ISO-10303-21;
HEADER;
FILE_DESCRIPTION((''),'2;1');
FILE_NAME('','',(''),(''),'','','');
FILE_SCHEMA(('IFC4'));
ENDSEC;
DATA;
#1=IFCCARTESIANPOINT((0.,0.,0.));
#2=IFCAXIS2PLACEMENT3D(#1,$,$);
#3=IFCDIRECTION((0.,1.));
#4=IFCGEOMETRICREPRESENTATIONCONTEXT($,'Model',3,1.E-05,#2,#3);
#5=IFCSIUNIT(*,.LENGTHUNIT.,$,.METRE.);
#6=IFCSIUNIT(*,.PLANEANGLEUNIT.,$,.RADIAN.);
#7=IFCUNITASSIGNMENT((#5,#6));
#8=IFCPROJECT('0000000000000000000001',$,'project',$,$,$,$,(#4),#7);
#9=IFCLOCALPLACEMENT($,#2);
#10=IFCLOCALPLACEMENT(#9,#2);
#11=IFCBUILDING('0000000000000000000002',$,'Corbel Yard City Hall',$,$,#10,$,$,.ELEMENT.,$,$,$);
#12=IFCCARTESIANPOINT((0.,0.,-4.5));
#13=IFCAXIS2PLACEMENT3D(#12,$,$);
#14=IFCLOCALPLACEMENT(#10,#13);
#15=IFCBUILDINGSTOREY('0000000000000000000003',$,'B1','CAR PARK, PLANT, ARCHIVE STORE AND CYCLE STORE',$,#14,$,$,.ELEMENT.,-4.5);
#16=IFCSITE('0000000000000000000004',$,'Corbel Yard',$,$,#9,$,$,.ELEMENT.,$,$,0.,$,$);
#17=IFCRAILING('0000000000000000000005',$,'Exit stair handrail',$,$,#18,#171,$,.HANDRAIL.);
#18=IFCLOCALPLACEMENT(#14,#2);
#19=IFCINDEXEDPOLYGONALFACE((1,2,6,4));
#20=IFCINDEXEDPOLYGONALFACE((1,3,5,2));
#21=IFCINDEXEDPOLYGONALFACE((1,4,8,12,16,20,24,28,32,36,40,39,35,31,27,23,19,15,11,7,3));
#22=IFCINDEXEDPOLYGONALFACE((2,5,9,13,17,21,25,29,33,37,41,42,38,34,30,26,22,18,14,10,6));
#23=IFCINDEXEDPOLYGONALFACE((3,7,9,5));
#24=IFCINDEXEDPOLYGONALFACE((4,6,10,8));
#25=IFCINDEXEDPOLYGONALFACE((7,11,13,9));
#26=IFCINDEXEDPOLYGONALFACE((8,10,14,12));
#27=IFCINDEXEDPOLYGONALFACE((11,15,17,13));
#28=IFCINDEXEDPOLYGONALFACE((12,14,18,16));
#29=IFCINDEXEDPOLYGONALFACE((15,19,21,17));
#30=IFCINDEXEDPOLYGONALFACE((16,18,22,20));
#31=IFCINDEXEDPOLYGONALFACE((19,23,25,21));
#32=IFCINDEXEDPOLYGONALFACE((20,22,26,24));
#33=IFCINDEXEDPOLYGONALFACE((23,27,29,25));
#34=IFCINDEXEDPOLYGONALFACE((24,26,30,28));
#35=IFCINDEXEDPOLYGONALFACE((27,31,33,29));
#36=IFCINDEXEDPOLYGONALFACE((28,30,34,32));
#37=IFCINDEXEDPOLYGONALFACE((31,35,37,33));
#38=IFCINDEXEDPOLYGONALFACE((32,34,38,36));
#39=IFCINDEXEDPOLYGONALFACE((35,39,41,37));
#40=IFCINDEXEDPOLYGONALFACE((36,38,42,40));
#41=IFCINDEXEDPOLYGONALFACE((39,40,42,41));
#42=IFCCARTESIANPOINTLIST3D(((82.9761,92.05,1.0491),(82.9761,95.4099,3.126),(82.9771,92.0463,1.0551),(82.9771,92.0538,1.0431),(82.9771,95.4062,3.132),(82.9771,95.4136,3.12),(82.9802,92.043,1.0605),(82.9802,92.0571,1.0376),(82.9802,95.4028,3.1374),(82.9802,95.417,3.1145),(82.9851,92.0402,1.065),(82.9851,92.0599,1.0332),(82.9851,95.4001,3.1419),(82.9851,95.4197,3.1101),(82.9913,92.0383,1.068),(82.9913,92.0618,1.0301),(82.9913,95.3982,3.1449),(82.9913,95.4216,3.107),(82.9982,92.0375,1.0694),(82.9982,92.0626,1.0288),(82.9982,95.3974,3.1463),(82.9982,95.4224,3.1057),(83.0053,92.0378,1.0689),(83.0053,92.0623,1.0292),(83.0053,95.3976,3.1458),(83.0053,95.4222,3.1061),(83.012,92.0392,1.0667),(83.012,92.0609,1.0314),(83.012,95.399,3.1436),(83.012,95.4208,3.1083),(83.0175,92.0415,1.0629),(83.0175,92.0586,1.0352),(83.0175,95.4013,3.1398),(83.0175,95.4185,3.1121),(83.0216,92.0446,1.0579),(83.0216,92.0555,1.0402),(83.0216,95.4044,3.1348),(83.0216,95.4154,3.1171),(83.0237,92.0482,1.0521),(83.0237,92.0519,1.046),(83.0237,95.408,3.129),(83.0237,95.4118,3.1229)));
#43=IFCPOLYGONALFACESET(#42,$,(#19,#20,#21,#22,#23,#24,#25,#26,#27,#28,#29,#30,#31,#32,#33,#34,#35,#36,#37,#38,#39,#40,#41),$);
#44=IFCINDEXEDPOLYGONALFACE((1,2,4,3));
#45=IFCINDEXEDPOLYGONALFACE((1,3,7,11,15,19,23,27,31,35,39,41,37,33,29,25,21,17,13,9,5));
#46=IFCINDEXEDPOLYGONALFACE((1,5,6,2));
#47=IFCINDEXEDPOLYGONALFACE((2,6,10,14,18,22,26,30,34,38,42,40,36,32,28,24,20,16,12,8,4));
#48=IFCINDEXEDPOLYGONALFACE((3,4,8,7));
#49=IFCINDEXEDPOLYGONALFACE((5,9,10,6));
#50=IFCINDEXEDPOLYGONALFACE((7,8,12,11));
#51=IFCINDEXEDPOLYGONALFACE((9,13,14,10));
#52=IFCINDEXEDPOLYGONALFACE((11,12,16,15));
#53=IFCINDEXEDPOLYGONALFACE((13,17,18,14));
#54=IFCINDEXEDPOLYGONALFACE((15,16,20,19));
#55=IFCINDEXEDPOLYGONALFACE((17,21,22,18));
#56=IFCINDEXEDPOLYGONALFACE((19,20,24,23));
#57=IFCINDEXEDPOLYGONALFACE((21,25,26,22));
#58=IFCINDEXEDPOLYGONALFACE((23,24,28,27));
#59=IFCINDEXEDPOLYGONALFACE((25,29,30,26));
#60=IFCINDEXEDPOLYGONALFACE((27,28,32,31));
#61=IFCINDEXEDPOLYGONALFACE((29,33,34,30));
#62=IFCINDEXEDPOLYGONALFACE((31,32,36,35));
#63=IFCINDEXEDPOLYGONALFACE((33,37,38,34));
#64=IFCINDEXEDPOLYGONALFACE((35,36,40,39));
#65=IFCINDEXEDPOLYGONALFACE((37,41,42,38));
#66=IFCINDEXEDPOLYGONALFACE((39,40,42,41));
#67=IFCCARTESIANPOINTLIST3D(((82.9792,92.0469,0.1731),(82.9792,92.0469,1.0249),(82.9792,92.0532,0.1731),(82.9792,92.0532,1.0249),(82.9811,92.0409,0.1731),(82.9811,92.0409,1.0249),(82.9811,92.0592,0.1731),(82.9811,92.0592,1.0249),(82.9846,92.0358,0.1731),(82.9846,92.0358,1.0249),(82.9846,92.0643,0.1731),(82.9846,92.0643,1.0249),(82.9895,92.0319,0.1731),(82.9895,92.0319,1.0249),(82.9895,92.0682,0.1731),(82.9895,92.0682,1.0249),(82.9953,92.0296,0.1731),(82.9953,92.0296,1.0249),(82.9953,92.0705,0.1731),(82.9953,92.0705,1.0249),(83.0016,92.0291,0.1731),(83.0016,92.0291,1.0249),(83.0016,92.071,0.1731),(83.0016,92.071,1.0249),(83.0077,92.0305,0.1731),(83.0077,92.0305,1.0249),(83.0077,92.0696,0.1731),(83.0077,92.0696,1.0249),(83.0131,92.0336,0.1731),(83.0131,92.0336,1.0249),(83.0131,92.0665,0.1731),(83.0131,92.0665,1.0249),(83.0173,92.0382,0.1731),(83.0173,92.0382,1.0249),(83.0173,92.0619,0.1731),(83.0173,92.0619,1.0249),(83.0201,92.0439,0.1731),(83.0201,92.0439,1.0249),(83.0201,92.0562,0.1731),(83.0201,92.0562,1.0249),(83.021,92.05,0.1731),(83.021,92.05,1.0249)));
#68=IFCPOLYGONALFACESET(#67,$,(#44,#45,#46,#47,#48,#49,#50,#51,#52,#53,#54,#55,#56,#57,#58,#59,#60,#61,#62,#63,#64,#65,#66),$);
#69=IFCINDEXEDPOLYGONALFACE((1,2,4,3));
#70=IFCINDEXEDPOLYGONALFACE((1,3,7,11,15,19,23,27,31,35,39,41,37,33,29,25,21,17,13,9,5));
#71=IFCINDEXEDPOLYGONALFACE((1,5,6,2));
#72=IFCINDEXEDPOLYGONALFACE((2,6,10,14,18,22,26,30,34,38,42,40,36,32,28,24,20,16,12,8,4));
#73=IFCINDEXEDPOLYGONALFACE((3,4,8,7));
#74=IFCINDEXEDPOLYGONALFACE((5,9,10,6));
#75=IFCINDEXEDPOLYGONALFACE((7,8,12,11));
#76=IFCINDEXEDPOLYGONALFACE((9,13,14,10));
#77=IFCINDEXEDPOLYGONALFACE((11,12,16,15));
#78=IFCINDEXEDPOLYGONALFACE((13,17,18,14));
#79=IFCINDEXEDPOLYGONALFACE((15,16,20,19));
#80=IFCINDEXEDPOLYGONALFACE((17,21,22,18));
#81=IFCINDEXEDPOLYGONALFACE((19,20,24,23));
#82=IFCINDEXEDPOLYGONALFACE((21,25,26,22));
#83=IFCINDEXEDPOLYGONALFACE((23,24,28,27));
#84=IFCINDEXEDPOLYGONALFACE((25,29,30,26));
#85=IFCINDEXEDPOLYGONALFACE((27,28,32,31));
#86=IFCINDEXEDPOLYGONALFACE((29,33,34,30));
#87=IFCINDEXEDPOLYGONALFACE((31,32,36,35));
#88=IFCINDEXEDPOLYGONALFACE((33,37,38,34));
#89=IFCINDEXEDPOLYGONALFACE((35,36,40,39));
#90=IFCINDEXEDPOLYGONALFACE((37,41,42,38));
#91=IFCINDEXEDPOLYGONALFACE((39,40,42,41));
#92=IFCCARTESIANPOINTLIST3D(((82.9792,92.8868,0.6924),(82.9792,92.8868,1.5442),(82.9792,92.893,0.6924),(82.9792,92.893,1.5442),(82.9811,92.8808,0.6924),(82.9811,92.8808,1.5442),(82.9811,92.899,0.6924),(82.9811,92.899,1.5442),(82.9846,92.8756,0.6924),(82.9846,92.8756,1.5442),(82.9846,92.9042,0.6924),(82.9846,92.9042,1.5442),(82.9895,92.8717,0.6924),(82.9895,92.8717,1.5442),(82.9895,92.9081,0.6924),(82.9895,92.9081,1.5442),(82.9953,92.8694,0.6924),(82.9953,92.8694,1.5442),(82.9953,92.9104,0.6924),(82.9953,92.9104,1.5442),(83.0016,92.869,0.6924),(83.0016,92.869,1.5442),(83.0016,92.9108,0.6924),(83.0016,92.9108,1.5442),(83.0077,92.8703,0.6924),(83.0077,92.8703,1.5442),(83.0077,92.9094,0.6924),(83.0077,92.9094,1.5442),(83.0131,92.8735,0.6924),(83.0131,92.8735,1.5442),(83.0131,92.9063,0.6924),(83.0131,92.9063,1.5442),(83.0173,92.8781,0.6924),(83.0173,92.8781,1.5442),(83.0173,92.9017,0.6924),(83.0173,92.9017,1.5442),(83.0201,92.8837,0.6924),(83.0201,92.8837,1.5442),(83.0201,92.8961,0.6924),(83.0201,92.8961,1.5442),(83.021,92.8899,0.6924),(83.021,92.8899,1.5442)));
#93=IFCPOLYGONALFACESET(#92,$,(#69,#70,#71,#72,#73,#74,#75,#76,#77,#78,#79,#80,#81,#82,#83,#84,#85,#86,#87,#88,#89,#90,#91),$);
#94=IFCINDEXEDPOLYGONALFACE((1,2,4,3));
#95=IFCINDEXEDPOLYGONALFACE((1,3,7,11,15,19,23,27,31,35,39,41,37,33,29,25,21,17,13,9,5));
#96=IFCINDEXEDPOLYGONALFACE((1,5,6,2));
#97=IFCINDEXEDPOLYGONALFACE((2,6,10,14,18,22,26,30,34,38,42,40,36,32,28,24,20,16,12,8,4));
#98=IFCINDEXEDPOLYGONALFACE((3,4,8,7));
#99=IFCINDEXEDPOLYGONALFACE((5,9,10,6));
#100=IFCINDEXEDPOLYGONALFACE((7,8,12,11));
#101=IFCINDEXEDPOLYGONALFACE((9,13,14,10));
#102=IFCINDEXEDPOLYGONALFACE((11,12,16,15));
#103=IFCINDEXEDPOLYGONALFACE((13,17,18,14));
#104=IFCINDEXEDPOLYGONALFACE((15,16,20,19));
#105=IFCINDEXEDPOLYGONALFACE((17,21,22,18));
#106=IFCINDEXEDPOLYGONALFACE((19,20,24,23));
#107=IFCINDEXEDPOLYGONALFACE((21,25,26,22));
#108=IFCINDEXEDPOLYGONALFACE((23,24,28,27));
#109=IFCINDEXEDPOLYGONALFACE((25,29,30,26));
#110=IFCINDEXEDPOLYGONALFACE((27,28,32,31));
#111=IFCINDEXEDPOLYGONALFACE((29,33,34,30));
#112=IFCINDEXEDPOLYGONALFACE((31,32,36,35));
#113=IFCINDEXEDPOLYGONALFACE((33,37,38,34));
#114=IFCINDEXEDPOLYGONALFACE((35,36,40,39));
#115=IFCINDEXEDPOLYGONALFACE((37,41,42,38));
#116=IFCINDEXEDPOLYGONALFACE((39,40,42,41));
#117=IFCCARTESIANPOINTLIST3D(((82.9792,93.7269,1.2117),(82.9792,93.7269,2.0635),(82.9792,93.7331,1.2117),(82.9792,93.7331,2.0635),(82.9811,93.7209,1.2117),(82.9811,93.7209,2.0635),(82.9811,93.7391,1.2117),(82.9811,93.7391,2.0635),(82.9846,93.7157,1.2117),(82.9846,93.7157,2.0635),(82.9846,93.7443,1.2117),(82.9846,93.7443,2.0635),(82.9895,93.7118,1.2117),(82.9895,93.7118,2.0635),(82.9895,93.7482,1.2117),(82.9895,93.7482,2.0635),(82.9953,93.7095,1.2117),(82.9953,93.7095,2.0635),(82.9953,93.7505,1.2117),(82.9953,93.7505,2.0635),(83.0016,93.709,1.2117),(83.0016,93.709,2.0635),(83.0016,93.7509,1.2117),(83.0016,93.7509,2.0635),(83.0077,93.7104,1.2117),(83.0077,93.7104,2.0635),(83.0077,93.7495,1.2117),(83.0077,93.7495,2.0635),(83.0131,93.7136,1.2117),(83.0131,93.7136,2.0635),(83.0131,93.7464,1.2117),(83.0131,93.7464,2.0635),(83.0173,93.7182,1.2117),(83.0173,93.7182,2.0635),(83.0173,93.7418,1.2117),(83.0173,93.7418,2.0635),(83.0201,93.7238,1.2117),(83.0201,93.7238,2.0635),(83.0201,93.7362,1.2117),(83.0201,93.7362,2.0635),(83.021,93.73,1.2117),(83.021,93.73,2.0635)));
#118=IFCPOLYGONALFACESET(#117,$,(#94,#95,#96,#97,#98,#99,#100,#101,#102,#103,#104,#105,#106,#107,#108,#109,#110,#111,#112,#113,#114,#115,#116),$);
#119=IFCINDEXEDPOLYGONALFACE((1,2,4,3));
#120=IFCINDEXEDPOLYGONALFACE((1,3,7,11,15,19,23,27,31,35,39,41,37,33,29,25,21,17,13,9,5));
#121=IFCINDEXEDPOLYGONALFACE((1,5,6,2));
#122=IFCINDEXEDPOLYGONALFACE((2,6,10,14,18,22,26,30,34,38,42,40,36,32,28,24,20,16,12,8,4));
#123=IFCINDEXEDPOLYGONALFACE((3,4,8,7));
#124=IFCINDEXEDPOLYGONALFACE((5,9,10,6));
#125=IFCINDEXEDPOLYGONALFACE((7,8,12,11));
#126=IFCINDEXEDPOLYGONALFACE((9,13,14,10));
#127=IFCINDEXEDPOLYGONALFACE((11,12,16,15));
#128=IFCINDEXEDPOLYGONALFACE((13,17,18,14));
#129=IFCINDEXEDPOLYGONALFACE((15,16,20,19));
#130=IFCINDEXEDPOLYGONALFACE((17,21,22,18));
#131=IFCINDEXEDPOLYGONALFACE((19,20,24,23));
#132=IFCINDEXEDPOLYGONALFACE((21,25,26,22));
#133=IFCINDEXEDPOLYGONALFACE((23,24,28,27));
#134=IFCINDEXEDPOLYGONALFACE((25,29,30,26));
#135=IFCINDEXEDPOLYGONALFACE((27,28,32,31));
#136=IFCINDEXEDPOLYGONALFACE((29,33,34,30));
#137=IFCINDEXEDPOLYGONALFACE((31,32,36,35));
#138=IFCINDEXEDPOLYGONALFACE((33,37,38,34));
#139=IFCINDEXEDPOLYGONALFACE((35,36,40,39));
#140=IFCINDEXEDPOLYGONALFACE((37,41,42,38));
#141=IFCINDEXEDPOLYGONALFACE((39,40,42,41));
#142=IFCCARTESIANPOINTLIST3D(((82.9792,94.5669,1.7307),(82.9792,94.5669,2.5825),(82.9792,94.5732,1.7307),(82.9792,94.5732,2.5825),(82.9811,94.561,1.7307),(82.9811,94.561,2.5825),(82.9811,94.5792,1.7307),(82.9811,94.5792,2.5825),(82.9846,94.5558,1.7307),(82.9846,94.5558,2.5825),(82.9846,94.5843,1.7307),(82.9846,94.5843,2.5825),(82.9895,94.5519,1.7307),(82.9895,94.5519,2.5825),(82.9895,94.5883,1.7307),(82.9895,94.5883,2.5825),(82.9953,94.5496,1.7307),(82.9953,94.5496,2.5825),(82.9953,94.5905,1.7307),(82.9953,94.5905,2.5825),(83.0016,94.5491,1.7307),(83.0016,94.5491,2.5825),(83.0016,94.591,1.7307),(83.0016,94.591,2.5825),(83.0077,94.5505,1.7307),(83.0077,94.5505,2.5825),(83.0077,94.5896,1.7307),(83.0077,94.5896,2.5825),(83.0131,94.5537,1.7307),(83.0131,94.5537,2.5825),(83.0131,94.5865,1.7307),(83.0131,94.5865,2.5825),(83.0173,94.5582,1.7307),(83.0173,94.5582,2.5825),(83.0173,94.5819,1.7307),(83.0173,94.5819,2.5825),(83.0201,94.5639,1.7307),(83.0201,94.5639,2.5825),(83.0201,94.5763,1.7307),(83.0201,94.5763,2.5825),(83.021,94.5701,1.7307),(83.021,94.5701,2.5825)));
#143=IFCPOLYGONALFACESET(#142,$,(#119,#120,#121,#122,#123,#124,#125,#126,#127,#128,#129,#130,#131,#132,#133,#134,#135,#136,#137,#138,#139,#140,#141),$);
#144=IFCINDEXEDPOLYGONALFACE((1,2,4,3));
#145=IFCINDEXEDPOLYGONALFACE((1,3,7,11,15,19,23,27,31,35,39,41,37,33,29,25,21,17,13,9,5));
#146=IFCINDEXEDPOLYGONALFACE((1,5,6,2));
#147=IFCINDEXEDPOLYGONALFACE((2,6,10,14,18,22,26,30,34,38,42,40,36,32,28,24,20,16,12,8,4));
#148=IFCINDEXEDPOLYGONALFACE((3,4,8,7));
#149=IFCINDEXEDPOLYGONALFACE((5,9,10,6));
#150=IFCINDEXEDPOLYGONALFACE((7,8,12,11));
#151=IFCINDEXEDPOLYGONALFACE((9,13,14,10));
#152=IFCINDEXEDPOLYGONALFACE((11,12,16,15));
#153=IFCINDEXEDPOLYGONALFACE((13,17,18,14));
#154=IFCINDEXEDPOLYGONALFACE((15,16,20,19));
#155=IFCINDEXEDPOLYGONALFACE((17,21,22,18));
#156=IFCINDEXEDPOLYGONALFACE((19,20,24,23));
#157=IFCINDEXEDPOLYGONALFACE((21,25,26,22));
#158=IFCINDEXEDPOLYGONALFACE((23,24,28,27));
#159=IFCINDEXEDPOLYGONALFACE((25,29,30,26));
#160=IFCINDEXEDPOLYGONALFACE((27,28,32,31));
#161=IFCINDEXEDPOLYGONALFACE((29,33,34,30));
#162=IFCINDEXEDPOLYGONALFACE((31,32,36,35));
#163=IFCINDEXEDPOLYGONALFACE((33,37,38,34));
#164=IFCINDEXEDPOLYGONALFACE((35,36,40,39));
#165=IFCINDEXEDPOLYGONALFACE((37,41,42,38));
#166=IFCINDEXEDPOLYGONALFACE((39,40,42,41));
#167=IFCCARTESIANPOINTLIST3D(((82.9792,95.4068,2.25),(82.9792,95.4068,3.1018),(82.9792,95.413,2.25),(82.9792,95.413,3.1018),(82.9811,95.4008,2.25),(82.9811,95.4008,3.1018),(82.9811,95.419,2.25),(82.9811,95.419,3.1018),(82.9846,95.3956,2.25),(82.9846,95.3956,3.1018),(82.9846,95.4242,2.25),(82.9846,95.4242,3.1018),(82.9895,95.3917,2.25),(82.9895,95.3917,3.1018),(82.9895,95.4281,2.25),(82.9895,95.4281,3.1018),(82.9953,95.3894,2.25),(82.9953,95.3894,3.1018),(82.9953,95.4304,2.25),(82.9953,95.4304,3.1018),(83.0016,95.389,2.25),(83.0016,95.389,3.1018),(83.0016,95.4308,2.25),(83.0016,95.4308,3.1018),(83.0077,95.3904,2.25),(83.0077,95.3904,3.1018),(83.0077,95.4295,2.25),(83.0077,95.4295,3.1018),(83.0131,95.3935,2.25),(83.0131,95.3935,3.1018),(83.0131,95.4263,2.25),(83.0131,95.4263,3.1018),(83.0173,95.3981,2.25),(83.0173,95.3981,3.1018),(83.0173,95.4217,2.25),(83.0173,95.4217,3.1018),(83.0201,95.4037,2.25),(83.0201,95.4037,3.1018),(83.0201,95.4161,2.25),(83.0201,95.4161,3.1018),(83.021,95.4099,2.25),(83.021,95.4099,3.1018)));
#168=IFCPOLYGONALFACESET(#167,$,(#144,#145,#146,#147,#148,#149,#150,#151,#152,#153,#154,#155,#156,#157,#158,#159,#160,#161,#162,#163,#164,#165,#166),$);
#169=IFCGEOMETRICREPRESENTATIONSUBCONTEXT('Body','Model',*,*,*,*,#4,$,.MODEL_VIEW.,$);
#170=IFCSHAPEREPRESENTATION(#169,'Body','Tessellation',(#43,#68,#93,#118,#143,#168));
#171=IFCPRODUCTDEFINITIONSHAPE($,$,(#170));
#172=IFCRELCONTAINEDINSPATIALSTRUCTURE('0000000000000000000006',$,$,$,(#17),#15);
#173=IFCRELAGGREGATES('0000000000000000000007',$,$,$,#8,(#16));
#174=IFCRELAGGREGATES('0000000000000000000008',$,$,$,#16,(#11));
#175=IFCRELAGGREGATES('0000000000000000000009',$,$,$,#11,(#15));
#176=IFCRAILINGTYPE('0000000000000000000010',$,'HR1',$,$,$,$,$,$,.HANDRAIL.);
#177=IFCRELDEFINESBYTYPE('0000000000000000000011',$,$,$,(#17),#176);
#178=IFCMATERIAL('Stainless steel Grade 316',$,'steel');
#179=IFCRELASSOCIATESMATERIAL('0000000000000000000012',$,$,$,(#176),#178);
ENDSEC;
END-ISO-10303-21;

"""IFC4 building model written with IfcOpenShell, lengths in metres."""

from ifc_helpers import new_model, si_unit, direction, frame, origin, origin_2d, place, context, subcontext, project, spatial, circle, extrude, material, type_object, element, save


model = new_model("IFC4")

# Units and contexts
model_context = context("Model", 3, precision=1e-05, world=origin(), true_north=direction((0.0, 1.0)))
body_context = subcontext(model_context, "Body", "Model", "MODEL_VIEW")
ifc_project = project(units=[si_unit("LENGTHUNIT", "METRE"), si_unit("PLANEANGLEUNIT", "RADIAN")], contexts=[model_context])

# Site, building, storey
site_placement = place(None, origin())
site = spatial("IfcSite", under=ifc_project, at=site_placement, Name="Corbel Yard", CompositionType="ELEMENT", RefElevation=0.0)
building_placement = place(site_placement, origin())
building = spatial("IfcBuilding", under=site, at=building_placement, Name="Corbel Yard City Hall", CompositionType="ELEMENT")
storey_placement = place(building_placement, frame((0.0, 0.0, -4.5)))
storey = spatial("IfcBuildingStorey", under=building, at=storey_placement, Name="B1", Description="CAR PARK, PLANT, ARCHIVE STORE AND CYCLE STORE", CompositionType="ELEMENT", Elevation=-4.5)

# Railing
ifc_material_1 = material(Name="Stainless steel Grade 316", Category="steel")
railing_type = type_object("IfcRailingType", Name="HR1", PredefinedType="HANDRAIL", material=ifc_material_1)
for number, where, name in (
    (1, (83.0, 92.05, 0.1731), "Exit stair handrail"),
):
    element("IfcRailing", number, at=place(storey_placement, frame(where)), inside=storey, type_object=railing_type, Name=name, PredefinedType="HANDRAIL", context=body_context, shape_type="SweptSolid", body=[
        extrude(circle(Radius=0.0239, at=origin_2d()), frame((0.0, 0.0, 0.876), z_axis=(0.0, 0.850606, 0.525803), x_axis=(-1.0, 0.0, 0.0)), (0.0, 0.0, 1.0), 3.95),
        extrude(circle(Radius=0.021, at=origin_2d()), origin(), (0.0, 0.0, 1.0), 0.8518),
        extrude(circle(Radius=0.021, at=origin_2d()), frame((0.0, 0.8398, 0.5193)), (0.0, 0.0, 1.0), 0.8518),
        extrude(circle(Radius=0.021, at=origin_2d()), frame((0.0, 1.6799, 1.0386)), (0.0, 0.0, 1.0), 0.8518),
        extrude(circle(Radius=0.021, at=origin_2d()), frame((0.0, 2.52, 1.5576)), (0.0, 0.0, 1.0), 0.8518),
        extrude(circle(Radius=0.021, at=origin_2d()), frame((0.0, 3.3599, 2.0769)), (0.0, 0.0, 1.0), 0.8518),
    ])

save(model, "model.ifc")
